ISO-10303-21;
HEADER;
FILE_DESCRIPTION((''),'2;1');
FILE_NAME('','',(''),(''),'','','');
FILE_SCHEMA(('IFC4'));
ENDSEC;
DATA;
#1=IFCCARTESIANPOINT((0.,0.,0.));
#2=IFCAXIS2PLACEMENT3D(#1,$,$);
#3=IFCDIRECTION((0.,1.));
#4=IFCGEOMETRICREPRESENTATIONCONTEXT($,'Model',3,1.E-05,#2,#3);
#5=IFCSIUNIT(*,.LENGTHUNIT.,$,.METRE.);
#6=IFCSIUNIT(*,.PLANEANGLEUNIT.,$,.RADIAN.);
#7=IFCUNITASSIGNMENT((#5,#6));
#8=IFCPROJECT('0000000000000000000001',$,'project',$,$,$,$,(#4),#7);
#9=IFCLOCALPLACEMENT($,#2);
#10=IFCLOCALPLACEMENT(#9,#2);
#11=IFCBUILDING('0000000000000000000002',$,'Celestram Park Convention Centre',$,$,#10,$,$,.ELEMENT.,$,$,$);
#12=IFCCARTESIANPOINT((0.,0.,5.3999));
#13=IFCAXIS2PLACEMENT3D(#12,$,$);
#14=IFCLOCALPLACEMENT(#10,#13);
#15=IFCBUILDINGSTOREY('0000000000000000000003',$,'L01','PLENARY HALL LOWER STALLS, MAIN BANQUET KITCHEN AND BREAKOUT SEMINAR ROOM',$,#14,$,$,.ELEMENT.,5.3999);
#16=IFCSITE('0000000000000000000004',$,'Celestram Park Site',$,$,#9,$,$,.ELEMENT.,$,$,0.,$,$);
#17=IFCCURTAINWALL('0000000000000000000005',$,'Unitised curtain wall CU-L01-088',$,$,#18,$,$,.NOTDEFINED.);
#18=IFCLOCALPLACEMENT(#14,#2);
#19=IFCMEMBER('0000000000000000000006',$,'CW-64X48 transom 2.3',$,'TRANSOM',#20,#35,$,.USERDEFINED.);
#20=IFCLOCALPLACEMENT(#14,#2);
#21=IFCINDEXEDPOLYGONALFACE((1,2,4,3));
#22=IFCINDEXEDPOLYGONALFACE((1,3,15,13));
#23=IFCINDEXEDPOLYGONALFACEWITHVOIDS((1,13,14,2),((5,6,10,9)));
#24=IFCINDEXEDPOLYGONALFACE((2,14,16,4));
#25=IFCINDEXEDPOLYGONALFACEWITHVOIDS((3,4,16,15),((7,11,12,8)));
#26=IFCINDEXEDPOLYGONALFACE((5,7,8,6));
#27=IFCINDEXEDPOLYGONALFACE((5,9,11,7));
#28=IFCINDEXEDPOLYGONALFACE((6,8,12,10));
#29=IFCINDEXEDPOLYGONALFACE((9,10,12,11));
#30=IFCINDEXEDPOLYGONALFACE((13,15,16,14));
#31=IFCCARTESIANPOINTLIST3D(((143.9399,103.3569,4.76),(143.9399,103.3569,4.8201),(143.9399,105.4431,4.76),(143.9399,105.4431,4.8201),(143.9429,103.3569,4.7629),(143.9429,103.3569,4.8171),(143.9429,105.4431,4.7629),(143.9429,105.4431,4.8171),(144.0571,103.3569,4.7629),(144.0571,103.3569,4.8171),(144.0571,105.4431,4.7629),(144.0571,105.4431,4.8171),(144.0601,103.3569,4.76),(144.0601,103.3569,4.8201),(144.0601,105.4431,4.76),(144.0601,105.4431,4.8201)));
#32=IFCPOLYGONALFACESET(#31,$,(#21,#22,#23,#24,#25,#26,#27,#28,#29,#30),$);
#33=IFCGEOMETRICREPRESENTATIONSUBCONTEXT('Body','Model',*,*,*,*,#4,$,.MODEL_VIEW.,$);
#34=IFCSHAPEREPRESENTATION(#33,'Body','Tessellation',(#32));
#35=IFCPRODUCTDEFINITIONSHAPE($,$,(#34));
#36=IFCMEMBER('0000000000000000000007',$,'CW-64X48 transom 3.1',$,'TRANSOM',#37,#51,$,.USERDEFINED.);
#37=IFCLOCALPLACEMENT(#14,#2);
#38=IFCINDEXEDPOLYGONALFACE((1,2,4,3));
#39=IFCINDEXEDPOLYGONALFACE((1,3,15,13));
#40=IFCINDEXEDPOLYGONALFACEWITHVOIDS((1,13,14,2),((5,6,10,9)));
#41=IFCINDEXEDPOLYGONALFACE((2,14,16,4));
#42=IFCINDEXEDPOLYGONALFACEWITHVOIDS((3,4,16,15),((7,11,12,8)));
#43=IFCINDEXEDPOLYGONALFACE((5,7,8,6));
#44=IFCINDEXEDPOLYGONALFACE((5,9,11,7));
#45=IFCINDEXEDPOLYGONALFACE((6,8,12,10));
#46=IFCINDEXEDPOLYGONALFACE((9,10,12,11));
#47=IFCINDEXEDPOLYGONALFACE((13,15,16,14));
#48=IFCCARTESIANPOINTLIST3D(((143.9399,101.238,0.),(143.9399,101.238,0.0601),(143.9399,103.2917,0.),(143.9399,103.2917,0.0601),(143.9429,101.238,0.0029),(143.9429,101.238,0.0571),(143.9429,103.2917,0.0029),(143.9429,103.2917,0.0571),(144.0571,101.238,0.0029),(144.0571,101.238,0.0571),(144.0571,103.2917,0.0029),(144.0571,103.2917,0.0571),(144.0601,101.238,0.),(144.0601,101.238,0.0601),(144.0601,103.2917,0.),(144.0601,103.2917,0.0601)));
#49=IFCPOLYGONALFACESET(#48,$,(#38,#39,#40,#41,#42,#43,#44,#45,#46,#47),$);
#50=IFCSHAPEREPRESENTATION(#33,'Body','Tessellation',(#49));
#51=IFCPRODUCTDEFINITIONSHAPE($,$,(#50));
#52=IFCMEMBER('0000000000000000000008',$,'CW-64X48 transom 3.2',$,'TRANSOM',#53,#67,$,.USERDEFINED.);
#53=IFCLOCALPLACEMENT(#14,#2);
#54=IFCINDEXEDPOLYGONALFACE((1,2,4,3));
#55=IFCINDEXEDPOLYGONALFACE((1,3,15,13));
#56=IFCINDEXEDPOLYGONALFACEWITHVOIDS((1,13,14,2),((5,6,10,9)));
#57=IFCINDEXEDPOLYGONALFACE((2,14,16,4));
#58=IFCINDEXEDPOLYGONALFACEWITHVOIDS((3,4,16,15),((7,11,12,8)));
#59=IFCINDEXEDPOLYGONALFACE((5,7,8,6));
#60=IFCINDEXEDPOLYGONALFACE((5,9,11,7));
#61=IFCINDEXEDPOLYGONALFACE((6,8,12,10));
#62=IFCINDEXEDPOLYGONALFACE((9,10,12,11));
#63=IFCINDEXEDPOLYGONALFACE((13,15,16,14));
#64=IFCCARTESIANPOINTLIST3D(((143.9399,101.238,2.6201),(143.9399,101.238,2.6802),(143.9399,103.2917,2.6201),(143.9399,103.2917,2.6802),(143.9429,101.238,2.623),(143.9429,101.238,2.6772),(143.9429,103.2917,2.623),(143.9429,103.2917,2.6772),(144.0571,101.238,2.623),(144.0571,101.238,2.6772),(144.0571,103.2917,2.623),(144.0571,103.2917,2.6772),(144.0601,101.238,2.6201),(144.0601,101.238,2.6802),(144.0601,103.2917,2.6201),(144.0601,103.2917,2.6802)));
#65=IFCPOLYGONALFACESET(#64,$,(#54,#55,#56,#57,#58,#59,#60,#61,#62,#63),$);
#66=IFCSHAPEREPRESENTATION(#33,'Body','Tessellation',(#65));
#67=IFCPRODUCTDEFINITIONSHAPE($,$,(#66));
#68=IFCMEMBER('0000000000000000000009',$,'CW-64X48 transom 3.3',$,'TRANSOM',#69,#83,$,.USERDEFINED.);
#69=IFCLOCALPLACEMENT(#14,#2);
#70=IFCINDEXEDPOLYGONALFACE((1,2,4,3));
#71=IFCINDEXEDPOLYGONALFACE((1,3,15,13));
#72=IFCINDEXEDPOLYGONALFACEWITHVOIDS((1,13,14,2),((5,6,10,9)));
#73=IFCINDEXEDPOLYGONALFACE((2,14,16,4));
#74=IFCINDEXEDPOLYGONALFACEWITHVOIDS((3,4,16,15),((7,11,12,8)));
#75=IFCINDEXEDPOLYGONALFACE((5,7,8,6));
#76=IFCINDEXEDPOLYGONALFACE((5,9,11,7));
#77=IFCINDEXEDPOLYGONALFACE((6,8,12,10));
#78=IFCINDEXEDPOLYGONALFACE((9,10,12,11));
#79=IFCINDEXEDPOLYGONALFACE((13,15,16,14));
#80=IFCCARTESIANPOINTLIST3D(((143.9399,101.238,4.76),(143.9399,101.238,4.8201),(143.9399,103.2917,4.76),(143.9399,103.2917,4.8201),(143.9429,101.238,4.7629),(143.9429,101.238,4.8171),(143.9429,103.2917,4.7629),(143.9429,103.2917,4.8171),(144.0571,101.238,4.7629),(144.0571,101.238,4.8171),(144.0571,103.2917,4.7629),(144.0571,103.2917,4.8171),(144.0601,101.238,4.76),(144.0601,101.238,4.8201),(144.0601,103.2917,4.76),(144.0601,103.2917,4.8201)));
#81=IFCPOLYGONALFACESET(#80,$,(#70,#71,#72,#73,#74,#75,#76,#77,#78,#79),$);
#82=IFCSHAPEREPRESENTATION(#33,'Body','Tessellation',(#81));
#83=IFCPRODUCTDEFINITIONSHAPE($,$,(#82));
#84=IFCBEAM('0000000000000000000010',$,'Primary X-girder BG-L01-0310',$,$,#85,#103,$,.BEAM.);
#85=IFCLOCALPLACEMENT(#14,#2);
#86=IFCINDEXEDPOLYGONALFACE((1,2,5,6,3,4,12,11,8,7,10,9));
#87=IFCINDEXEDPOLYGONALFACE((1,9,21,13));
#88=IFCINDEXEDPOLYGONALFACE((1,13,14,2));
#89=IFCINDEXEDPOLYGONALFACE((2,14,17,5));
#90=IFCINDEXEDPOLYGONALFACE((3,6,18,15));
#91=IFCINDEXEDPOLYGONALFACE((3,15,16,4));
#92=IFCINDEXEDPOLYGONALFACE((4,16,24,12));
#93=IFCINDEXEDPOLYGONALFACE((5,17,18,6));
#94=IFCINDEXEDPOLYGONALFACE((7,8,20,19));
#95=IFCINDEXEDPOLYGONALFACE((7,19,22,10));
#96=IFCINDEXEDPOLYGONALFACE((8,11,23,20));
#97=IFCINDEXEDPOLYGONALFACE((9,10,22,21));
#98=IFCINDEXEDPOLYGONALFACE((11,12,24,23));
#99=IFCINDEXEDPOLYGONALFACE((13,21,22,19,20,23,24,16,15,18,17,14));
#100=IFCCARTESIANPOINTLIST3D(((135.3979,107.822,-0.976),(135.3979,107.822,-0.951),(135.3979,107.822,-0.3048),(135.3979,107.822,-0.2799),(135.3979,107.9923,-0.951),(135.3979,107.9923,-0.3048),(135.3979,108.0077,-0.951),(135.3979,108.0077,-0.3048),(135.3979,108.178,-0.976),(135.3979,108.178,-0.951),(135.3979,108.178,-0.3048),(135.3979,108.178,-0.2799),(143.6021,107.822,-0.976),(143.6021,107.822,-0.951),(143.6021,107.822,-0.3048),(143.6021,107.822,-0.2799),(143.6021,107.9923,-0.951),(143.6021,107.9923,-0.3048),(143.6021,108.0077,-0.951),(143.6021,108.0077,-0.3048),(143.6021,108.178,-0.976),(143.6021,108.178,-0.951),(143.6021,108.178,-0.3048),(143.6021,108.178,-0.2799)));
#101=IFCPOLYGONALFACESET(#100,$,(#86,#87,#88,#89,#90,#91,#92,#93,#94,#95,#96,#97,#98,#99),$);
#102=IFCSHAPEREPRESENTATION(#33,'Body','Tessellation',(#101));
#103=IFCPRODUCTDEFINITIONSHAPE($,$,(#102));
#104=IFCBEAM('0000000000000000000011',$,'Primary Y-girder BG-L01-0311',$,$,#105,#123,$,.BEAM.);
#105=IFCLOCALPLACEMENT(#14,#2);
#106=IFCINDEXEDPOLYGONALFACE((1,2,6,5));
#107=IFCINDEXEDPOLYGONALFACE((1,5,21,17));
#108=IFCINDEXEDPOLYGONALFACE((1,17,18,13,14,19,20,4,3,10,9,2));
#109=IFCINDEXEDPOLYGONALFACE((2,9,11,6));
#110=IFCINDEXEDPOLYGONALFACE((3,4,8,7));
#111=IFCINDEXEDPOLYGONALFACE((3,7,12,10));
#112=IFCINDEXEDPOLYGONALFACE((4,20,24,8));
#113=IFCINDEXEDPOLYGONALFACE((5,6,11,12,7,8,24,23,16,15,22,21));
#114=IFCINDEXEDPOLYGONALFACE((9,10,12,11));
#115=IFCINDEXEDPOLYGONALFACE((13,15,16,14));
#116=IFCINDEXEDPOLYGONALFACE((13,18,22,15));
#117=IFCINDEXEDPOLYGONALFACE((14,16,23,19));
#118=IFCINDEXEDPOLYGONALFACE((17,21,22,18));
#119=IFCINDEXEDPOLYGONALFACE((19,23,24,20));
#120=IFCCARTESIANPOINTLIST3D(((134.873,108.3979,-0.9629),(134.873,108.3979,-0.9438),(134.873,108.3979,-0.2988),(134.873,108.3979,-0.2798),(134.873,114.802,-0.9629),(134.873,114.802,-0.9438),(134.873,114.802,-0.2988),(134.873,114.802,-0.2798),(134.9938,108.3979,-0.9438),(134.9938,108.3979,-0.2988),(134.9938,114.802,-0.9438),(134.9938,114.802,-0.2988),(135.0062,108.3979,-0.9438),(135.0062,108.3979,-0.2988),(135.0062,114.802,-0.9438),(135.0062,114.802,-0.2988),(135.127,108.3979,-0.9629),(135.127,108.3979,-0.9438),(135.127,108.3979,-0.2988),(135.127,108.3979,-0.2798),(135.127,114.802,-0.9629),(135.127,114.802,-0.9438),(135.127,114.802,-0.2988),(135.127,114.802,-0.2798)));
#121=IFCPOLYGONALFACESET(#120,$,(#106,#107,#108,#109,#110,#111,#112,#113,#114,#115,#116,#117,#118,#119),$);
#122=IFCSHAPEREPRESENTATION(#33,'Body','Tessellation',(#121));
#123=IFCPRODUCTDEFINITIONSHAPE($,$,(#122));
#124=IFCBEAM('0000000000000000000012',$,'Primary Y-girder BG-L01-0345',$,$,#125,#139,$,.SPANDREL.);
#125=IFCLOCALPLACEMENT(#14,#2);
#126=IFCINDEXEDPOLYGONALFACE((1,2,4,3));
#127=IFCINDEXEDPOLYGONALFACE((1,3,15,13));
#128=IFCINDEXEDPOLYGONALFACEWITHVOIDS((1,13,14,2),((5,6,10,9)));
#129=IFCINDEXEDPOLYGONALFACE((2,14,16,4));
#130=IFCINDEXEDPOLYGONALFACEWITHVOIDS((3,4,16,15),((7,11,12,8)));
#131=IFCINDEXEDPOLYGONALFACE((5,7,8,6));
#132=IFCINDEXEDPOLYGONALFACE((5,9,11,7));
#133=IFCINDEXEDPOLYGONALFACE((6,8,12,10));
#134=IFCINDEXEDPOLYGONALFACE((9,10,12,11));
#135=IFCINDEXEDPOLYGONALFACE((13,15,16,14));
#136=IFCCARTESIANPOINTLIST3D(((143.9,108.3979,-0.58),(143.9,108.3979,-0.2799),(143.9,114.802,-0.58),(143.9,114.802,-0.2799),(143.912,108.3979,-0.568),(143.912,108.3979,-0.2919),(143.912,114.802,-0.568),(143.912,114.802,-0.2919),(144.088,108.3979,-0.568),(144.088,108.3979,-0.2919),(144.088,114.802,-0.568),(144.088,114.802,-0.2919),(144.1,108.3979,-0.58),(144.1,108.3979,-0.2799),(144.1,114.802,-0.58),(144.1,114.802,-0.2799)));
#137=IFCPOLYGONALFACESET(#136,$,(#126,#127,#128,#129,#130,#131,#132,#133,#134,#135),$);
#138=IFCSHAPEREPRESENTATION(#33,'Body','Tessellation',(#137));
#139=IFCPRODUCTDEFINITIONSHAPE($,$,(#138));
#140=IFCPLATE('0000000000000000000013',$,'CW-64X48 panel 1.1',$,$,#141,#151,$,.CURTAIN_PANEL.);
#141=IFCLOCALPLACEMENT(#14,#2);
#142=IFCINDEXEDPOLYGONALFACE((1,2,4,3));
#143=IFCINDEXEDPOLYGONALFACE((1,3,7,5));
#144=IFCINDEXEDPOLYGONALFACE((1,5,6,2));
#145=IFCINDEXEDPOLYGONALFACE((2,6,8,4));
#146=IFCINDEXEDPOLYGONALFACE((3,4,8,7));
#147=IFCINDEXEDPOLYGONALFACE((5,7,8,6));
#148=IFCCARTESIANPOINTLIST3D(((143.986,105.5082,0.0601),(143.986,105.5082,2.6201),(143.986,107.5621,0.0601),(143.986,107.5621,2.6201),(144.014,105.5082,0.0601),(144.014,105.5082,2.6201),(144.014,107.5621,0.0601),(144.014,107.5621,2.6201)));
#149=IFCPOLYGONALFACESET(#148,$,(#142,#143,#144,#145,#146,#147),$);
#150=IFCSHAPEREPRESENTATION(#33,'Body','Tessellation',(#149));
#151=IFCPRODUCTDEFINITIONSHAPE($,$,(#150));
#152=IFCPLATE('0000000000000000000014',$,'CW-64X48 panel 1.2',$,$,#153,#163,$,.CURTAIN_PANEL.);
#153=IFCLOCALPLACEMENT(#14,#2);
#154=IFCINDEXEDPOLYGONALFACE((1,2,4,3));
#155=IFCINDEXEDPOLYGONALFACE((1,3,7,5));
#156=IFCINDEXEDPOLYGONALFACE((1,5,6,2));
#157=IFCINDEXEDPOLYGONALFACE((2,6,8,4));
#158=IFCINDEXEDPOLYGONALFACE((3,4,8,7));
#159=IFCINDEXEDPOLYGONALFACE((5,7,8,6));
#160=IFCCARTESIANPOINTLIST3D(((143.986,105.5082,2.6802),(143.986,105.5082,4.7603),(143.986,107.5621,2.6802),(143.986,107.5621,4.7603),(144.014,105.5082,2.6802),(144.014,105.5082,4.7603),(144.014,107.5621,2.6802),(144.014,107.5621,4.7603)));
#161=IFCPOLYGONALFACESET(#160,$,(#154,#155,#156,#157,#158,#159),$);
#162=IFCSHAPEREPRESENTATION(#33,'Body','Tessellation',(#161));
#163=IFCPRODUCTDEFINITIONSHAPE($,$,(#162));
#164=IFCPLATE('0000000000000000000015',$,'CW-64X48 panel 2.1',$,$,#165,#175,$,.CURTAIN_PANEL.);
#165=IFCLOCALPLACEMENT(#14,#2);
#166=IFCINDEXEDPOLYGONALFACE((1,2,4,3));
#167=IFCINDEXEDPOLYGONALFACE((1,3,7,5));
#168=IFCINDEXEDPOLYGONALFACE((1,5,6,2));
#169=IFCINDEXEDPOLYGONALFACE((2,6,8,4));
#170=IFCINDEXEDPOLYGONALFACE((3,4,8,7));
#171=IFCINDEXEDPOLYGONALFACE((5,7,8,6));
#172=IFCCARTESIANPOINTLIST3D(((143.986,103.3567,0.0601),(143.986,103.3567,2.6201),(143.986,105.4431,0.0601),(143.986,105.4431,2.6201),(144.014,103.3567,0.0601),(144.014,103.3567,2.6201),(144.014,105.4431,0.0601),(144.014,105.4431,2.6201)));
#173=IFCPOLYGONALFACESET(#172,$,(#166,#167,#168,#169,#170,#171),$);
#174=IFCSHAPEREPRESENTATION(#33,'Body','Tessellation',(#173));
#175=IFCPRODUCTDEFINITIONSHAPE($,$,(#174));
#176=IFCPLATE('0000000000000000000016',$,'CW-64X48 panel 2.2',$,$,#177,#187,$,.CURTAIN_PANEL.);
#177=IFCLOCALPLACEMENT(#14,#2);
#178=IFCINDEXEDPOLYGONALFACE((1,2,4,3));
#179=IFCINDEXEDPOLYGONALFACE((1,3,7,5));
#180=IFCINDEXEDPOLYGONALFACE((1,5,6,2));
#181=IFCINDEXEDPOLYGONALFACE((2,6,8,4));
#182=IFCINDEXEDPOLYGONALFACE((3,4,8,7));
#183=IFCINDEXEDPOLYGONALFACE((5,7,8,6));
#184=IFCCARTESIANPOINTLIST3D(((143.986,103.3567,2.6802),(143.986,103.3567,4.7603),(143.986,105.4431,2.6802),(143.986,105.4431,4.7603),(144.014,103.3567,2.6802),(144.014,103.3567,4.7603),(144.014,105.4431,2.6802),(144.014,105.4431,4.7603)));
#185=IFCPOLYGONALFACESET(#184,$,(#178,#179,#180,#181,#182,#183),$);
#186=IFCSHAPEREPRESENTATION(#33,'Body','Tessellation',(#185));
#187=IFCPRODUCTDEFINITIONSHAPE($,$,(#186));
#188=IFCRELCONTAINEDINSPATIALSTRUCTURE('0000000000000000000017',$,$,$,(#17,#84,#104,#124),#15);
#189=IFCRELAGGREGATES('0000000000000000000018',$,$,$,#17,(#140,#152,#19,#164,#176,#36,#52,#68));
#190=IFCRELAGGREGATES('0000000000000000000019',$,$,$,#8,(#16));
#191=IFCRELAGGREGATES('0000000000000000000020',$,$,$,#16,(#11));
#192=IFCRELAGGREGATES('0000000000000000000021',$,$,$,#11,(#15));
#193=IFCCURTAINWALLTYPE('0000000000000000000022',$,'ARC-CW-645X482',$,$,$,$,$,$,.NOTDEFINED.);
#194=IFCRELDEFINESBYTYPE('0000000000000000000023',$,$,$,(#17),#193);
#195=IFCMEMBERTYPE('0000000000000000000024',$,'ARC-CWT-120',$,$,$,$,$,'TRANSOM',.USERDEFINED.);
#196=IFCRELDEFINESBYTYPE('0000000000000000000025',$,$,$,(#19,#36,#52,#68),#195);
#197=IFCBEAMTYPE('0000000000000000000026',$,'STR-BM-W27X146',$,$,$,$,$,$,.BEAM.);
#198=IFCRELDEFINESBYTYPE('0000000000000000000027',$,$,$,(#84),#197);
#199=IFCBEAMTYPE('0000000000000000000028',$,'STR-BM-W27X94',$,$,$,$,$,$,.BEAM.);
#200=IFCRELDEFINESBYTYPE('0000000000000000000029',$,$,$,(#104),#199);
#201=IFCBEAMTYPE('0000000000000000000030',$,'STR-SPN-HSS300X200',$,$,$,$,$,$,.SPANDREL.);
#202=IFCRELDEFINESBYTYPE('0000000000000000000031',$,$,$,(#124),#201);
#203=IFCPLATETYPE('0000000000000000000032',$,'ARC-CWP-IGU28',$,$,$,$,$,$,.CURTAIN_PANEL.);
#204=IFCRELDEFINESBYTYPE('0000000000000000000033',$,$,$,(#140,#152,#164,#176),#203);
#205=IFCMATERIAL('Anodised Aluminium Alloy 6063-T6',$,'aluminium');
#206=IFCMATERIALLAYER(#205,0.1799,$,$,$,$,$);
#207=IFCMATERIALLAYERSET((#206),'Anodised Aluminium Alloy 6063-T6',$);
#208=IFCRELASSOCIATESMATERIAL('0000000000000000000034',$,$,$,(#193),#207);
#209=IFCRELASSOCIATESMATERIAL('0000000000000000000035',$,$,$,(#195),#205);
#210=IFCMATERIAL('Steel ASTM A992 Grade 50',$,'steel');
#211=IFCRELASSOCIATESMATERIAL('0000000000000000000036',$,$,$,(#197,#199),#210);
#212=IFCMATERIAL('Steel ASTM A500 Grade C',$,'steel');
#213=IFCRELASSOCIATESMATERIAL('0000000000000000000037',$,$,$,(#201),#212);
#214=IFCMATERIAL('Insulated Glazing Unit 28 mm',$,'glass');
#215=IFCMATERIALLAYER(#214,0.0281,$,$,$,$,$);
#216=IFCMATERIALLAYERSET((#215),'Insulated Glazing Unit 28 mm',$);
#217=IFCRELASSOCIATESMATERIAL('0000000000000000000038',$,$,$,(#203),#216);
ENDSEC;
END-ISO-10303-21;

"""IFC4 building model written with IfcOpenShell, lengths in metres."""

from ifc_helpers import new_model, si_unit, direction, frame, origin, origin_2d, place, context, subcontext, project, spatial, rectangle, hollow_rectangle, i_section, extrude, material, layer, layer_set, material_profile, profile_set, type_object, element, aggregate, save


model = new_model("IFC4")

# Units and contexts
model_context = context("Model", 3, precision=1e-05, world=origin(), true_north=direction((0.0, 1.0)))
body_context = subcontext(model_context, "Body", "Model", "MODEL_VIEW")
ifc_project = project(units=[si_unit("LENGTHUNIT", "METRE"), si_unit("PLANEANGLEUNIT", "RADIAN")], contexts=[model_context])

# Site, building, storey
site_placement = place(None, origin())
site = spatial("IfcSite", under=ifc_project, at=site_placement, Name="Celestram Park Site", CompositionType="ELEMENT", RefElevation=0.0)
building_placement = place(site_placement, origin())
building = spatial("IfcBuilding", under=site, at=building_placement, Name="Celestram Park Convention Centre", CompositionType="ELEMENT")
storey_placement = place(building_placement, frame((0.0, 0.0, 5.3999)))
storey = spatial("IfcBuildingStorey", under=building, at=storey_placement, Name="L01", Description="PLENARY HALL LOWER STALLS, MAIN BANQUET KITCHEN AND BREAKOUT SEMINAR ROOM", CompositionType="ELEMENT", Elevation=5.3999)

# Curtain wall, members
ifc_material_1 = material(Name="Anodised Aluminium Alloy 6063-T6", Category="aluminium")
ifc_layer_1 = layer(ifc_material_1, 0.1799)
ifc_layer_set_1 = layer_set([ifc_layer_1], Name="Anodised Aluminium Alloy 6063-T6")
curtain_wall_type = type_object("IfcCurtainWallType", Name="ARC-CW-645X482", PredefinedType="NOTDEFINED", material=ifc_layer_set_1)
curtain_wall_placement = place(storey_placement, origin())
curtain_wall = element("IfcCurtainWall", 1, at=curtain_wall_placement, inside=storey, type_object=curtain_wall_type, Name="Unitised curtain wall CU-L01-088", PredefinedType="NOTDEFINED")
ifc_material_profile_1 = material_profile(ifc_material_1, hollow_rectangle(XDim=0.1201, YDim=0.0601, WallThickness=0.0029, at=origin_2d()), Name="ALU120X60X3")
ifc_profile_set_1 = profile_set([ifc_material_profile_1], Name="Anodised Aluminium Alloy 6063-T6")
member_type_1 = type_object("IfcMemberType", Name="ARC-CWT-120", ElementType="TRANSOM", PredefinedType="USERDEFINED", material=ifc_profile_set_1)
member_1_placement = place(storey_placement, frame((144.0, 105.4431, 4.79), z_axis=(0.0, -1.0, 0.0), x_axis=(1.0, 0.0, 0.0)))
member_1 = element("IfcMember", 2, at=member_1_placement, type_object=member_type_1, Name="CW-64X48 transom 2.3", ObjectType="TRANSOM", PredefinedType="USERDEFINED", context=body_context, shape_type="SweptSolid", body=[
    extrude(hollow_rectangle(XDim=0.1201, YDim=0.0601, WallThickness=0.0029, at=origin_2d()), origin(), (0.0, 0.0, 1.0), 2.0862),
])
member_2_placement = place(storey_placement, frame((144.0, 103.2917, 0.03), z_axis=(0.0, -1.0, 0.0), x_axis=(1.0, 0.0, 0.0)))
member_2 = element("IfcMember", 3, at=member_2_placement, type_object=member_type_1, Name="CW-64X48 transom 3.1", ObjectType="TRANSOM", PredefinedType="USERDEFINED", context=body_context, shape_type="SweptSolid", body=[
    extrude(hollow_rectangle(XDim=0.1201, YDim=0.0601, WallThickness=0.0029, at=origin_2d()), origin(), (0.0, 0.0, 1.0), 2.0537),
])
member_3_placement = place(storey_placement, frame((144.0, 103.2917, 2.6501), z_axis=(0.0, -1.0, 0.0), x_axis=(1.0, 0.0, 0.0)))
member_3 = element("IfcMember", 4, at=member_3_placement, type_object=member_type_1, Name="CW-64X48 transom 3.2", ObjectType="TRANSOM", PredefinedType="USERDEFINED", context=body_context, shape_type="SweptSolid", body=[
    extrude(hollow_rectangle(XDim=0.1201, YDim=0.0601, WallThickness=0.0029, at=origin_2d()), origin(), (0.0, 0.0, 1.0), 2.0537),
])
member_4_placement = place(storey_placement, frame((144.0, 103.2917, 4.79), z_axis=(0.0, -1.0, 0.0), x_axis=(1.0, 0.0, 0.0)))
member_4 = element("IfcMember", 5, at=member_4_placement, type_object=member_type_1, Name="CW-64X48 transom 3.3", ObjectType="TRANSOM", PredefinedType="USERDEFINED", context=body_context, shape_type="SweptSolid", body=[
    extrude(hollow_rectangle(XDim=0.1201, YDim=0.0601, WallThickness=0.0029, at=origin_2d()), origin(), (0.0, 0.0, 1.0), 2.0537),
])

# Beams
ifc_material_2 = material(Name="Steel ASTM A992 Grade 50", Category="steel")
ifc_material_profile_2 = material_profile(ifc_material_2, i_section(OverallWidth=0.356, OverallDepth=0.696, WebThickness=0.0154, FlangeThickness=0.0249, at=origin_2d()), Name="W27X146")
ifc_profile_set_2 = profile_set([ifc_material_profile_2], Name="Steel ASTM A992 Grade 50")
beam_type_1 = type_object("IfcBeamType", Name="STR-BM-W27X146", PredefinedType="BEAM", material=ifc_profile_set_2)
beam_1_placement = place(storey_placement, frame((135.3979, 108.0, -0.6279), z_axis=(1.0, 0.0, 0.0), x_axis=(0.0, 1.0, 0.0)))
element("IfcBeam", 6, at=beam_1_placement, inside=storey, type_object=beam_type_1, Name="Primary X-girder BG-L01-0310", PredefinedType="BEAM", context=body_context, shape_type="SweptSolid", body=[
    extrude(i_section(OverallWidth=0.356, OverallDepth=0.696, WebThickness=0.0154, FlangeThickness=0.0249, at=origin_2d()), origin(), (0.0, 0.0, 1.0), 8.2041),
])
ifc_material_profile_3 = material_profile(ifc_material_2, i_section(OverallWidth=0.2539, OverallDepth=0.6831, WebThickness=0.0125, FlangeThickness=0.019, at=origin_2d()), Name="W27X94")
ifc_profile_set_3 = profile_set([ifc_material_profile_3], Name="Steel ASTM A992 Grade 50")
beam_type_2 = type_object("IfcBeamType", Name="STR-BM-W27X94", PredefinedType="BEAM", material=ifc_profile_set_3)
beam_2_placement = place(storey_placement, frame((135.0, 108.3979, -0.6213), z_axis=(0.0, 1.0, 0.0), x_axis=(-1.0, 0.0, 0.0)))
element("IfcBeam", 7, at=beam_2_placement, inside=storey, type_object=beam_type_2, Name="Primary Y-girder BG-L01-0311", PredefinedType="BEAM", context=body_context, shape_type="SweptSolid", body=[
    extrude(i_section(OverallWidth=0.2539, OverallDepth=0.6831, WebThickness=0.0125, FlangeThickness=0.019, at=origin_2d()), origin(), (0.0, 0.0, 1.0), 6.4041),
])
ifc_material_3 = material(Name="Steel ASTM A500 Grade C", Category="steel")
ifc_material_profile_4 = material_profile(ifc_material_3, hollow_rectangle(XDim=0.2, YDim=0.3, WallThickness=0.012, at=origin_2d()), Name="HSS300X200X12")
ifc_profile_set_4 = profile_set([ifc_material_profile_4], Name="Steel ASTM A500 Grade C")
beam_type_3 = type_object("IfcBeamType", Name="STR-SPN-HSS300X200", PredefinedType="SPANDREL", material=ifc_profile_set_4)
beam_3_placement = place(storey_placement, frame((144.0, 108.3979, -0.4299), z_axis=(0.0, 1.0, 0.0), x_axis=(-1.0, 0.0, 0.0)))
element("IfcBeam", 8, at=beam_3_placement, inside=storey, type_object=beam_type_3, Name="Primary Y-girder BG-L01-0345", PredefinedType="SPANDREL", context=body_context, shape_type="SweptSolid", body=[
    extrude(hollow_rectangle(XDim=0.2, YDim=0.3, WallThickness=0.012, at=origin_2d()), origin(), (0.0, 0.0, 1.0), 6.4041),
])

# Plates
ifc_material_4 = material(Name="Insulated Glazing Unit 28 mm", Category="glass")
ifc_layer_2 = layer(ifc_material_4, 0.0281)
ifc_layer_set_2 = layer_set([ifc_layer_2], Name="Insulated Glazing Unit 28 mm")
plate_type = type_object("IfcPlateType", Name="ARC-CWP-IGU28", PredefinedType="CURTAIN_PANEL", material=ifc_layer_set_2)
plate_1_placement = place(storey_placement, frame((144.0, 106.5352, 0.0601), z_axis=(0.0, 0.0, 1.0), x_axis=(0.0, -1.0, 0.0)))
plate_1 = element("IfcPlate", 9, at=plate_1_placement, type_object=plate_type, Name="CW-64X48 panel 1.1", PredefinedType="CURTAIN_PANEL", context=body_context, shape_type="SweptSolid", body=[
    extrude(rectangle(XDim=2.054, YDim=0.0281, at=origin_2d()), origin(), (0.0, 0.0, 1.0), 2.5601),
])
plate_2_placement = place(storey_placement, frame((144.0, 106.5352, 2.6802), z_axis=(0.0, 0.0, 1.0), x_axis=(0.0, -1.0, 0.0)))
plate_2 = element("IfcPlate", 10, at=plate_2_placement, type_object=plate_type, Name="CW-64X48 panel 1.2", PredefinedType="CURTAIN_PANEL", context=body_context, shape_type="SweptSolid", body=[
    extrude(rectangle(XDim=2.054, YDim=0.0281, at=origin_2d()), origin(), (0.0, 0.0, 1.0), 2.0801),
])
plate_3_placement = place(storey_placement, frame((144.0, 104.3999, 0.0601), z_axis=(0.0, 0.0, 1.0), x_axis=(0.0, -1.0, 0.0)))
plate_3 = element("IfcPlate", 11, at=plate_3_placement, type_object=plate_type, Name="CW-64X48 panel 2.1", PredefinedType="CURTAIN_PANEL", context=body_context, shape_type="SweptSolid", body=[
    extrude(rectangle(XDim=2.0864, YDim=0.0281, at=origin_2d()), origin(), (0.0, 0.0, 1.0), 2.5601),
])
plate_4_placement = place(storey_placement, frame((144.0, 104.3999, 2.6802), z_axis=(0.0, 0.0, 1.0), x_axis=(0.0, -1.0, 0.0)))
plate_4 = element("IfcPlate", 12, at=plate_4_placement, type_object=plate_type, Name="CW-64X48 panel 2.2", PredefinedType="CURTAIN_PANEL", context=body_context, shape_type="SweptSolid", body=[
    extrude(rectangle(XDim=2.0864, YDim=0.0281, at=origin_2d()), origin(), (0.0, 0.0, 1.0), 2.0801),
])
aggregate(curtain_wall, [plate_1, plate_2, member_1, plate_3, plate_4, member_2, member_3, member_4])

save(model, "model.ifc")
